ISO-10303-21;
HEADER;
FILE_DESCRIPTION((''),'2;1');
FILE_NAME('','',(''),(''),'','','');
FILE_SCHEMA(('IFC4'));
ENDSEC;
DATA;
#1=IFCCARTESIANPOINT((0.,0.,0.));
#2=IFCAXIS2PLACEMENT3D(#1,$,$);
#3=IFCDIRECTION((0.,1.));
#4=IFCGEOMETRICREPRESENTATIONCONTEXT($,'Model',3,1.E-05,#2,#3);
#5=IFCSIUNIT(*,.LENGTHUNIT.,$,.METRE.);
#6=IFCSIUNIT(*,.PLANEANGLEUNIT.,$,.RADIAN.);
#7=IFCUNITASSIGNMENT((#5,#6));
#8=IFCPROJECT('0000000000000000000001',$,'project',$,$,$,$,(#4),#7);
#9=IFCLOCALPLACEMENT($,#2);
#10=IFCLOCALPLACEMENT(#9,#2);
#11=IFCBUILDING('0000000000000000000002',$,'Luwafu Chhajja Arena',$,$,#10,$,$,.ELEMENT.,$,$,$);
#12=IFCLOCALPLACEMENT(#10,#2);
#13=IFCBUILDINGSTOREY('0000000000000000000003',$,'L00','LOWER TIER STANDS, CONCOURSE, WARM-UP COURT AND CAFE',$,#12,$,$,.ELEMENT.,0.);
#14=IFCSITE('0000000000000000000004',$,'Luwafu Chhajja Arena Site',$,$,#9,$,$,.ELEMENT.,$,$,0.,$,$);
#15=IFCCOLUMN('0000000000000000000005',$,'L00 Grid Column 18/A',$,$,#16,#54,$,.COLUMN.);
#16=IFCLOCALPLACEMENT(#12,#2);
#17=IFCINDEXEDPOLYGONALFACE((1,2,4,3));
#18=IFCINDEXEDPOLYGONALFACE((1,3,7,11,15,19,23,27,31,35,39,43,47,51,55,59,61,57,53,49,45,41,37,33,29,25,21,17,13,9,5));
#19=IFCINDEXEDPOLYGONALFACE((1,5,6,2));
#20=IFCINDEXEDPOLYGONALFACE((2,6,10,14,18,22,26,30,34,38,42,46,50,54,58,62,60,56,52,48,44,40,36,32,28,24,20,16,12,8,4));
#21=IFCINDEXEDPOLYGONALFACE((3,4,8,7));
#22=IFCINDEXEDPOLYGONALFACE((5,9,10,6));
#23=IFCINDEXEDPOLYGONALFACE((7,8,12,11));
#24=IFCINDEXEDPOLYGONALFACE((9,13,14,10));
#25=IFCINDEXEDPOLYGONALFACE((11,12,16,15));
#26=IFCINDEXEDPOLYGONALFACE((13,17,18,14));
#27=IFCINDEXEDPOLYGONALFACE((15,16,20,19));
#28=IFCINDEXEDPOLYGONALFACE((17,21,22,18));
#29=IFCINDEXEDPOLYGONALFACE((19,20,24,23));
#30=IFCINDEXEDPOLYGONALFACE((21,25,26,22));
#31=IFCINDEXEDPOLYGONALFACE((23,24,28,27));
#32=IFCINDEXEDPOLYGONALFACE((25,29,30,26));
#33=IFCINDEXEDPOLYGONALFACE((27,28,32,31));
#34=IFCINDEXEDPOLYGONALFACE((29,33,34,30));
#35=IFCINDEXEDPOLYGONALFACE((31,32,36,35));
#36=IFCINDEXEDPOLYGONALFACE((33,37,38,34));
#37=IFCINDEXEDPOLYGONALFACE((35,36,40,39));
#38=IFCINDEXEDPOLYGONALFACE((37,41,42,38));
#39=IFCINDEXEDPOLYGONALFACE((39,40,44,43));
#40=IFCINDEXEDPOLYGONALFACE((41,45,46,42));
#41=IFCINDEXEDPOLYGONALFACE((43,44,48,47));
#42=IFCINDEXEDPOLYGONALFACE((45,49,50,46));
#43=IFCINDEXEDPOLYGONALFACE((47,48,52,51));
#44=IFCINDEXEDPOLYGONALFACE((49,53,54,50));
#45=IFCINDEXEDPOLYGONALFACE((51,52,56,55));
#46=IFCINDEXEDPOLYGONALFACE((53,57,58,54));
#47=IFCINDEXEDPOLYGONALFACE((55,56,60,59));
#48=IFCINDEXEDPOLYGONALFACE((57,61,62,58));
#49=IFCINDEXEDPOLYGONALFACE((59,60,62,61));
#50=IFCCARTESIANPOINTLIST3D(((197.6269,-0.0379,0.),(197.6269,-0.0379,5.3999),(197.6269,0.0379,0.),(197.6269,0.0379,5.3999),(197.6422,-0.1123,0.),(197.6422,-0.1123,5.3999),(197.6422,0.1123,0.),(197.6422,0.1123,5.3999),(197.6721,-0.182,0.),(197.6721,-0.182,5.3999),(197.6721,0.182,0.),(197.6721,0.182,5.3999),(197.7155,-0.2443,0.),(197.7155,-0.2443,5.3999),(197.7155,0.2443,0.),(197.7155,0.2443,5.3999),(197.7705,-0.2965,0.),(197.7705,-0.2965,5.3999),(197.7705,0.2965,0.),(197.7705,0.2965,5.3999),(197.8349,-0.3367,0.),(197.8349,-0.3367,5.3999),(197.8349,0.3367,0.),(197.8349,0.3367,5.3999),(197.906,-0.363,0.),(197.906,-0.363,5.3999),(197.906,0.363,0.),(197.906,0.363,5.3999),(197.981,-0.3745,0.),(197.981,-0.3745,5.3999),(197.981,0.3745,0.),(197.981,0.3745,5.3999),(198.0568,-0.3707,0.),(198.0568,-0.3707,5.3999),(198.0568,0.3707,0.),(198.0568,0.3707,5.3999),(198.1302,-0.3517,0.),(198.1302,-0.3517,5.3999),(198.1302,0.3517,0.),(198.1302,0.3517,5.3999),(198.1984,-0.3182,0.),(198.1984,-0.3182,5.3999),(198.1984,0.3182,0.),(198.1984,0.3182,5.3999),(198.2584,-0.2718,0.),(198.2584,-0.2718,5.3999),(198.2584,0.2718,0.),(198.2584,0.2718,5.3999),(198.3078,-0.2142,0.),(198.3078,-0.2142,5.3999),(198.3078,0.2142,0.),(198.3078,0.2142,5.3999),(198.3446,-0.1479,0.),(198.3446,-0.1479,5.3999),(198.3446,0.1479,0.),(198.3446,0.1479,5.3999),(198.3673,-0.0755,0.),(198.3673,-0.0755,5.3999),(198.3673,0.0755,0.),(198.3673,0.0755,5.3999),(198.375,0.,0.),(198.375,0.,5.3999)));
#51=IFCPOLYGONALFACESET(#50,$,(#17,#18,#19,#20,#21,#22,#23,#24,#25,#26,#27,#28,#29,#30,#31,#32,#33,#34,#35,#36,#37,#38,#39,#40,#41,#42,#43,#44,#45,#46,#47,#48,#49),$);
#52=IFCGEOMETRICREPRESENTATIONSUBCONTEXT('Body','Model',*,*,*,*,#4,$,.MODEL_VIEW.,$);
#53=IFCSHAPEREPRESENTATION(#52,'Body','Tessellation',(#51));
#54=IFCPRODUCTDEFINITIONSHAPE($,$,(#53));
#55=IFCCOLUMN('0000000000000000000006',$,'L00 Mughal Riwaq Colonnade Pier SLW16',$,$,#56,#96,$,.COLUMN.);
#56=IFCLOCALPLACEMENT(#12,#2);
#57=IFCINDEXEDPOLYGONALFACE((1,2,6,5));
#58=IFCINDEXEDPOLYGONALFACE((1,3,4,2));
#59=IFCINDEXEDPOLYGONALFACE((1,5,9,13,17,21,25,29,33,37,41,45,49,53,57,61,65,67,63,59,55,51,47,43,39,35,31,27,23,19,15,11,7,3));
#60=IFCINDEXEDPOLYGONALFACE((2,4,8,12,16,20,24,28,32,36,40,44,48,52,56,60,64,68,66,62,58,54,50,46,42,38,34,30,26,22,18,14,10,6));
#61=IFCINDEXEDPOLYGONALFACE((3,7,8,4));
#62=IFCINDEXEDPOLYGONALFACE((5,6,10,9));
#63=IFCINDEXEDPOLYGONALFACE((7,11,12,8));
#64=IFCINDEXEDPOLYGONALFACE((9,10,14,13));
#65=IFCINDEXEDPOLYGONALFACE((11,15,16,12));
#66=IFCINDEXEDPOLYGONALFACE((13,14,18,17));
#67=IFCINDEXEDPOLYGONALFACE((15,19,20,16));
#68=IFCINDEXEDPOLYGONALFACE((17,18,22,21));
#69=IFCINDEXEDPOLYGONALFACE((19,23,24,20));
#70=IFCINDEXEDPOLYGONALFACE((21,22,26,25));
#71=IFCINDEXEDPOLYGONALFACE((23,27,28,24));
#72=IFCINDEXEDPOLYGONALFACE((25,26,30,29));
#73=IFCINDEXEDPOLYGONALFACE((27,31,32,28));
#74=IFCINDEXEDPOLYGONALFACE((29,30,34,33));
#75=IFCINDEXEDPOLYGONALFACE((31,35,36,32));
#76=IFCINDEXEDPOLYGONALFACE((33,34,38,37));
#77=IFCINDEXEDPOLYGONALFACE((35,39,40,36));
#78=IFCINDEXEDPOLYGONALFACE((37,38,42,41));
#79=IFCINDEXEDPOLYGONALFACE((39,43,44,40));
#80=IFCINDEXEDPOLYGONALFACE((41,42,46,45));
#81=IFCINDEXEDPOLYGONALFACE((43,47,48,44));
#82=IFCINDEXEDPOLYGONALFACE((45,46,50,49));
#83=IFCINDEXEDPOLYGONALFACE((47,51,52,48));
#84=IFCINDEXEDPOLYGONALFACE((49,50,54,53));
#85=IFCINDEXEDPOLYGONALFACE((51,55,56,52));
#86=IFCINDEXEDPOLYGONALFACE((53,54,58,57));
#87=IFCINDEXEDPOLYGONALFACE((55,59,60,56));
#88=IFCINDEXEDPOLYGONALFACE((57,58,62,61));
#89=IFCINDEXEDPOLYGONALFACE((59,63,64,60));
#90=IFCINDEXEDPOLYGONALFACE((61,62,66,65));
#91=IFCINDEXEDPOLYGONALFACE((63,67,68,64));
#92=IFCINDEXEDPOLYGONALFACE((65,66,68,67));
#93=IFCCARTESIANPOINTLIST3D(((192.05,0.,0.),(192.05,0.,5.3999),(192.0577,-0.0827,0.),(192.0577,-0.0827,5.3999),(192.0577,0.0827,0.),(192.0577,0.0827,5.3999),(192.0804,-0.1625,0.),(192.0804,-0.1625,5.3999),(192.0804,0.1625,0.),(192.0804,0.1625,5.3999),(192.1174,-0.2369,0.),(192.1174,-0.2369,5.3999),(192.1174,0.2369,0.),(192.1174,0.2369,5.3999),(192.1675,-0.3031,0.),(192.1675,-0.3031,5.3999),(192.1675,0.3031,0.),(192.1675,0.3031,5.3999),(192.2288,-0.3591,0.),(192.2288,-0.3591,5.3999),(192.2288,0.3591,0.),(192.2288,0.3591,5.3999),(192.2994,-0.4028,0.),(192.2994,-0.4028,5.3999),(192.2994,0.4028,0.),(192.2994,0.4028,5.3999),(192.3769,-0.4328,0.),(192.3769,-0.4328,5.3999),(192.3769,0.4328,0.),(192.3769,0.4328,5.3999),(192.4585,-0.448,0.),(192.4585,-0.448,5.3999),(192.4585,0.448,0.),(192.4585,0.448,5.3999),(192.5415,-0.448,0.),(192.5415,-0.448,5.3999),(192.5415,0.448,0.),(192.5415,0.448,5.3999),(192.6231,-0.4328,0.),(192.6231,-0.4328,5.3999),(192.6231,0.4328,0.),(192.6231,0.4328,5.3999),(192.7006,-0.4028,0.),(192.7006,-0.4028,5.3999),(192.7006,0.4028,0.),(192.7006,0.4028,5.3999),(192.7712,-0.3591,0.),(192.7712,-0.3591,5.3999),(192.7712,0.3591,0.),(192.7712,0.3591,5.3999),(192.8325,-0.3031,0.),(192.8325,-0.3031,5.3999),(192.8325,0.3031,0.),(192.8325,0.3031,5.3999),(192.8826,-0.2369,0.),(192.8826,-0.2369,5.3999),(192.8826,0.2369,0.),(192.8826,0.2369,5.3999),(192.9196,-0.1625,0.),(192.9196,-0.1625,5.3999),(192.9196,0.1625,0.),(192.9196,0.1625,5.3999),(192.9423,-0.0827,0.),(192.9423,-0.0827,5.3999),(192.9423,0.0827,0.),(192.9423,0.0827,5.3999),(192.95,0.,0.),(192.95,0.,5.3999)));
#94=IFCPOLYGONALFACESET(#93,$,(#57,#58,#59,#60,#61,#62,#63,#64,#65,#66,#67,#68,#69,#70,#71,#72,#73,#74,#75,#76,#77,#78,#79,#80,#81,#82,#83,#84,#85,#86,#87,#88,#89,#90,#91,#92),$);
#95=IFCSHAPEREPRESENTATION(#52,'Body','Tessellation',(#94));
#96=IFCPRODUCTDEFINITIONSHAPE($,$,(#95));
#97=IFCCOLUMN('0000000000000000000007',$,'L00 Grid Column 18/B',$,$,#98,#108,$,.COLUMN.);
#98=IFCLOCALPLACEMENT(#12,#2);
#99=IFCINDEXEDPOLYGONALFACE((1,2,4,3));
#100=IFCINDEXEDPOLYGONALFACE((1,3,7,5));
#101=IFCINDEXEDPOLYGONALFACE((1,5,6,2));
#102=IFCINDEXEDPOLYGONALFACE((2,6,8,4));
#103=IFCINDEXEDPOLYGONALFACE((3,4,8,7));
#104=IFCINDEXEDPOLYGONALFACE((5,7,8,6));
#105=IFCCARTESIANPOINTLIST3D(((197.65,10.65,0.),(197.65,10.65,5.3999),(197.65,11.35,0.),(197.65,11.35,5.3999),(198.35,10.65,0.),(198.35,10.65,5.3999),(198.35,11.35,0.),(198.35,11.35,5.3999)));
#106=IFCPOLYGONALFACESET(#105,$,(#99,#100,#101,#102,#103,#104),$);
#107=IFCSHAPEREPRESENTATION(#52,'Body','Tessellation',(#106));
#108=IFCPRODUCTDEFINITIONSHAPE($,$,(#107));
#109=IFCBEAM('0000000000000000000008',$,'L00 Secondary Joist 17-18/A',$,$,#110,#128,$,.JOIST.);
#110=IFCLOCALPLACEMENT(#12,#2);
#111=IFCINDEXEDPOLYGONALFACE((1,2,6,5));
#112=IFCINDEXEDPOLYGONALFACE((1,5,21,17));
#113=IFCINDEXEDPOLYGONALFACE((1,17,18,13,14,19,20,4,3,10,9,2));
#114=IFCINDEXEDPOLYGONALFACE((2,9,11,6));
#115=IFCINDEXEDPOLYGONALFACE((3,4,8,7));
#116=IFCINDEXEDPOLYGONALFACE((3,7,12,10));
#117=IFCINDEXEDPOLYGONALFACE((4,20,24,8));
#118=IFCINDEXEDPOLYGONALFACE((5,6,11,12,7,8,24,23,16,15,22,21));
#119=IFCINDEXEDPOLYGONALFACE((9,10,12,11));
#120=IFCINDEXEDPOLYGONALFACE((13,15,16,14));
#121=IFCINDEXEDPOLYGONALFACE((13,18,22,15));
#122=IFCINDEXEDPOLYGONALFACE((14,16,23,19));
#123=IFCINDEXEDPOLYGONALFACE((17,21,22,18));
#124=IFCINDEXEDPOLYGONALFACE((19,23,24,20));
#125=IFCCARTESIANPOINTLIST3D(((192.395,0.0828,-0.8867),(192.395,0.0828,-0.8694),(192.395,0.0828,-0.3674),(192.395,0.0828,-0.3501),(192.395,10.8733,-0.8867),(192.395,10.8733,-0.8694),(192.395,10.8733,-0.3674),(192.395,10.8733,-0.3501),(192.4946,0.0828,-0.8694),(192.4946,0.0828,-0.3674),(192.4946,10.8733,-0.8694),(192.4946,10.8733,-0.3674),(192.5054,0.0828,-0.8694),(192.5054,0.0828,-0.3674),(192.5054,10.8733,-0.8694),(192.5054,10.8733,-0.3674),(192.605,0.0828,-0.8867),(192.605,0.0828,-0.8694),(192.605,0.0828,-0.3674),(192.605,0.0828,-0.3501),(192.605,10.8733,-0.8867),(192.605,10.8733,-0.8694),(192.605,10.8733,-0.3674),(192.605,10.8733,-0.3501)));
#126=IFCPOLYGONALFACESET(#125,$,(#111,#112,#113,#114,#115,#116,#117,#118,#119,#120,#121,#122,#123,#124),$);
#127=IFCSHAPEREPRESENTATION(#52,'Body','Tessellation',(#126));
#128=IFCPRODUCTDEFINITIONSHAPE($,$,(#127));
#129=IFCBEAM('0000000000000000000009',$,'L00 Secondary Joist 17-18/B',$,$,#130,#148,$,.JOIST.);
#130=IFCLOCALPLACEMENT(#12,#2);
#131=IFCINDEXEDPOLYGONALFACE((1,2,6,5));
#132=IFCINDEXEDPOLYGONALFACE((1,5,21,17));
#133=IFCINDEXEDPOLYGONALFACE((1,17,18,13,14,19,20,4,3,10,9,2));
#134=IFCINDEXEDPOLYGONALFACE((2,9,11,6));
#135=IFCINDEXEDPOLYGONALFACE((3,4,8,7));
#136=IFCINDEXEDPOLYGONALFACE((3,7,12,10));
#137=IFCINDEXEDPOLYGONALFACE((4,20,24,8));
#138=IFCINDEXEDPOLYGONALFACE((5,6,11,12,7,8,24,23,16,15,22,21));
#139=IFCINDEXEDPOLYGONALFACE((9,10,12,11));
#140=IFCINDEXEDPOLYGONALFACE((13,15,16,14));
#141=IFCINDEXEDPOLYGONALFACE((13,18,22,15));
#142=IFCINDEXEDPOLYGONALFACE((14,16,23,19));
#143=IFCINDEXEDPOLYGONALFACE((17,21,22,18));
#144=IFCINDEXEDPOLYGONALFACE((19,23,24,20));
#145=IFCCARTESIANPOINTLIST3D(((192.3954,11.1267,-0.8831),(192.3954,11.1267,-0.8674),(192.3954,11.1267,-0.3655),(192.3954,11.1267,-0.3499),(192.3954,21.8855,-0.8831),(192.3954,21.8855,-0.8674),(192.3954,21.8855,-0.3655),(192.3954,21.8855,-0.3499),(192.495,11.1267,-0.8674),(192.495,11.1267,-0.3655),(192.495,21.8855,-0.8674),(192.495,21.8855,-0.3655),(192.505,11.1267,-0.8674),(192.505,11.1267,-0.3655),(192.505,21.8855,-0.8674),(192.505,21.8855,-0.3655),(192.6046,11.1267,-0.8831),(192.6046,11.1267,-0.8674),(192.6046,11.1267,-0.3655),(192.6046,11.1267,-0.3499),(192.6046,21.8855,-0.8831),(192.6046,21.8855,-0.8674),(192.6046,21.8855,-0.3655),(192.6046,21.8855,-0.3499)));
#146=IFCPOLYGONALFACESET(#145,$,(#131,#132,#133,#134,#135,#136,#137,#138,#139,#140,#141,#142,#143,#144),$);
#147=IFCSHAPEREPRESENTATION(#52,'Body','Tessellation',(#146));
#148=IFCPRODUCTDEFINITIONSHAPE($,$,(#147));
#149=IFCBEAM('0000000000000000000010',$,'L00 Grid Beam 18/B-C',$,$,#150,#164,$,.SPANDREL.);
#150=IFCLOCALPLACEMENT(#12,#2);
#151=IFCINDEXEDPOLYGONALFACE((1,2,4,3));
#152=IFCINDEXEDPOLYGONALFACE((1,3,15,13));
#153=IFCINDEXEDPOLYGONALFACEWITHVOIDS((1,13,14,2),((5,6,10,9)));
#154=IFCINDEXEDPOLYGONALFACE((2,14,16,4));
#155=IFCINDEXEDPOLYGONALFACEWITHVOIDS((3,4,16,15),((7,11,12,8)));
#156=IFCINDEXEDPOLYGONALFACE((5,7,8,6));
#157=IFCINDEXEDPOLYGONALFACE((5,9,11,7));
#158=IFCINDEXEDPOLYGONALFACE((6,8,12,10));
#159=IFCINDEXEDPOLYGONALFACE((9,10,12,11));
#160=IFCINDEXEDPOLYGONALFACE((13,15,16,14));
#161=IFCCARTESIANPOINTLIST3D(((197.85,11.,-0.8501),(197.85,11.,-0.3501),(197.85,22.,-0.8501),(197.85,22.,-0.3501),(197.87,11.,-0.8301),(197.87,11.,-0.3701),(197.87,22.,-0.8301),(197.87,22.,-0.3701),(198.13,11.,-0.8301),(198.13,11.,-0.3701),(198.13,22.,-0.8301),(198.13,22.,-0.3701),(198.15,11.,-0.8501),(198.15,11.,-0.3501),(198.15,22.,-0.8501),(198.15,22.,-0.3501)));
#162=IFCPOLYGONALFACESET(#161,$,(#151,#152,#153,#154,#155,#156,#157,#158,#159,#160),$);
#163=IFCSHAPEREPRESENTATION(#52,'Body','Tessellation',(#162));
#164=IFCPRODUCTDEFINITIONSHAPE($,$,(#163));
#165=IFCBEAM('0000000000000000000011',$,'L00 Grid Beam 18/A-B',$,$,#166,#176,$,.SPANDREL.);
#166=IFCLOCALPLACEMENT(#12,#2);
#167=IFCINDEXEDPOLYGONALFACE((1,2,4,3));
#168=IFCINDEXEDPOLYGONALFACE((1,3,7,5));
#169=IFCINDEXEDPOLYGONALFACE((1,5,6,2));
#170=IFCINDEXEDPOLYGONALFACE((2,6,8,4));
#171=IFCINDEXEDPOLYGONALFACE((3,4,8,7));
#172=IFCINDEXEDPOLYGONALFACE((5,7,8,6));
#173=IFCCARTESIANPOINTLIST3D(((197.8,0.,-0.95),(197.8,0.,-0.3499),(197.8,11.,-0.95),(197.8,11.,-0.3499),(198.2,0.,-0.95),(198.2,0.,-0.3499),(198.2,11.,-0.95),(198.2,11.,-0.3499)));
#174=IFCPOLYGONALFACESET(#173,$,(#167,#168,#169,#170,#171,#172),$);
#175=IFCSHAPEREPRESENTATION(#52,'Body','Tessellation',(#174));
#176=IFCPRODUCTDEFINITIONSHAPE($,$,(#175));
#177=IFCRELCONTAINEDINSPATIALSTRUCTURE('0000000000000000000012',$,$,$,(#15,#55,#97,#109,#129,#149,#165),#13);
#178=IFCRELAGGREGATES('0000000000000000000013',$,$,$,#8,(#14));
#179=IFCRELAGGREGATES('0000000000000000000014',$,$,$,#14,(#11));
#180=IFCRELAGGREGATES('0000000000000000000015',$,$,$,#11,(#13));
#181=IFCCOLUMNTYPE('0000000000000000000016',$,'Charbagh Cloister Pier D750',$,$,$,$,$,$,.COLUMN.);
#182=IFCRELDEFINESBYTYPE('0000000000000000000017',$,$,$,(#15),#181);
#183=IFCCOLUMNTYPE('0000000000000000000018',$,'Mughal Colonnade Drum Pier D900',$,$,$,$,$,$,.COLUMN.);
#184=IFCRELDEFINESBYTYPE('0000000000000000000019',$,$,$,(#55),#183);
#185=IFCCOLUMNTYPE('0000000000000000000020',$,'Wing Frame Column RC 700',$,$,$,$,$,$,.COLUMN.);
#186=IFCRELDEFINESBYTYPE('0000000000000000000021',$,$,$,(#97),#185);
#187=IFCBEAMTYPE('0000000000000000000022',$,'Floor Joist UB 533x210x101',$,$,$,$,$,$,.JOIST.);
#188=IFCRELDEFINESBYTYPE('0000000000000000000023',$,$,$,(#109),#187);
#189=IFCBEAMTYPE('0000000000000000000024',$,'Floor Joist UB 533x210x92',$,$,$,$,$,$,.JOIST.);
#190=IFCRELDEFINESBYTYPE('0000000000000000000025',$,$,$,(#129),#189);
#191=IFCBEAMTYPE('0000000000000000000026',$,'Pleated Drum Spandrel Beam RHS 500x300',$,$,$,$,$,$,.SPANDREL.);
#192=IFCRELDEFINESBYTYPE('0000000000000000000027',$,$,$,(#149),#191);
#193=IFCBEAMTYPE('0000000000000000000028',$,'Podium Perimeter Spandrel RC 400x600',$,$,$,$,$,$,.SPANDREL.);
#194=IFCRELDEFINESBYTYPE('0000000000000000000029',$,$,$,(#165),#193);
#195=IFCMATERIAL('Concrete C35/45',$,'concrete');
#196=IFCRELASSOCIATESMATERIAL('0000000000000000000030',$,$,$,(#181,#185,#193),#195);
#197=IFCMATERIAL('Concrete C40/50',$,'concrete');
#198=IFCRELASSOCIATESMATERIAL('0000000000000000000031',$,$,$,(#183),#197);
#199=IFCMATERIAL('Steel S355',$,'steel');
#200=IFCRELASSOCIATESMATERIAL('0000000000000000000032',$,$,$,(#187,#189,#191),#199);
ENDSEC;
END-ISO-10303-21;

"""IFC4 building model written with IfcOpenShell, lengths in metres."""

from ifc_helpers import new_model, si_unit, direction, frame, origin, origin_2d, place, context, subcontext, project, spatial, rectangle, hollow_rectangle, circle, i_section, extrude, material, material_profile, profile_set, type_object, element, save


model = new_model("IFC4")

# Units and contexts
model_context = context("Model", 3, precision=1e-05, world=origin(), true_north=direction((0.0, 1.0)))
body_context = subcontext(model_context, "Body", "Model", "MODEL_VIEW")
ifc_project = project(units=[si_unit("LENGTHUNIT", "METRE"), si_unit("PLANEANGLEUNIT", "RADIAN")], contexts=[model_context])

# Site, building, storey
site_placement = place(None, origin())
site = spatial("IfcSite", under=ifc_project, at=site_placement, Name="Luwafu Chhajja Arena Site", CompositionType="ELEMENT", RefElevation=0.0)
building_placement = place(site_placement, origin())
building = spatial("IfcBuilding", under=site, at=building_placement, Name="Luwafu Chhajja Arena", CompositionType="ELEMENT")
storey_placement = place(building_placement, origin())
storey = spatial("IfcBuildingStorey", under=building, at=storey_placement, Name="L00", Description="LOWER TIER STANDS, CONCOURSE, WARM-UP COURT AND CAFE", CompositionType="ELEMENT", Elevation=0.0)

# Columns
ifc_material_1 = material(Name="Concrete C35/45", Category="concrete")
ifc_material_profile_1 = material_profile(ifc_material_1, circle(Radius=0.375, at=origin_2d()), Name="RC COL D750")
ifc_profile_set_1 = profile_set([ifc_material_profile_1], Name="Concrete C35/45")
column_type_1 = type_object("IfcColumnType", Name="Charbagh Cloister Pier D750", PredefinedType="COLUMN", material=ifc_profile_set_1)
column_1_placement = place(storey_placement, frame((198.0, 0.0, 0.0), z_axis=(0.0, 0.0, 1.0), x_axis=(1.0, 0.0, 0.0)))
element("IfcColumn", 1, at=column_1_placement, inside=storey, type_object=column_type_1, Name="L00 Grid Column 18/A", PredefinedType="COLUMN", context=body_context, shape_type="SweptSolid", body=[
    extrude(circle(Radius=0.375, at=origin_2d()), origin(), (0.0, 0.0, 1.0), 5.3999),
])
ifc_material_2 = material(Name="Concrete C40/50", Category="concrete")
ifc_material_profile_2 = material_profile(ifc_material_2, circle(Radius=0.45, at=origin_2d()), Name="RC COL D900")
ifc_profile_set_2 = profile_set([ifc_material_profile_2], Name="Concrete C40/50")
column_type_2 = type_object("IfcColumnType", Name="Mughal Colonnade Drum Pier D900", PredefinedType="COLUMN", material=ifc_profile_set_2)
column_2_placement = place(storey_placement, frame((192.5, 0.0, 0.0), z_axis=(0.0, 0.0, 1.0), x_axis=(1.0, 0.0, 0.0)))
element("IfcColumn", 2, at=column_2_placement, inside=storey, type_object=column_type_2, Name="L00 Mughal Riwaq Colonnade Pier SLW16", PredefinedType="COLUMN", context=body_context, shape_type="SweptSolid", body=[
    extrude(circle(Radius=0.45, at=origin_2d()), origin(), (0.0, 0.0, 1.0), 5.3999),
])
ifc_material_profile_3 = material_profile(ifc_material_1, rectangle(XDim=0.7, YDim=0.7, at=origin_2d()), Name="RC 700x700")
ifc_profile_set_3 = profile_set([ifc_material_profile_3], Name="Concrete C35/45")
column_type_3 = type_object("IfcColumnType", Name="Wing Frame Column RC 700", PredefinedType="COLUMN", material=ifc_profile_set_3)
column_3_placement = place(storey_placement, frame((198.0, 11.0, 0.0), z_axis=(0.0, 0.0, 1.0), x_axis=(1.0, 0.0, 0.0)))
element("IfcColumn", 3, at=column_3_placement, inside=storey, type_object=column_type_3, Name="L00 Grid Column 18/B", PredefinedType="COLUMN", context=body_context, shape_type="SweptSolid", body=[
    extrude(rectangle(XDim=0.7, YDim=0.7, at=origin_2d()), origin(), (0.0, 0.0, 1.0), 5.3999),
])

# Beams
ifc_material_3 = material(Name="Steel S355", Category="steel")
ifc_material_profile_4 = material_profile(ifc_material_3, i_section(OverallWidth=0.21, OverallDepth=0.5366, WebThickness=0.0107, FlangeThickness=0.0173, at=origin_2d()), Name="UB 533x210x101")
ifc_profile_set_4 = profile_set([ifc_material_profile_4], Name="Steel S355")
beam_type_1 = type_object("IfcBeamType", Name="Floor Joist UB 533x210x101", PredefinedType="JOIST", material=ifc_profile_set_4)
beam_1_placement = place(storey_placement, frame((192.5, 0.0828, -0.6184), z_axis=(0.0, 1.0, 0.0), x_axis=(-1.0, 0.0, 0.0)))
element("IfcBeam", 4, at=beam_1_placement, inside=storey, type_object=beam_type_1, Name="L00 Secondary Joist 17-18/A", PredefinedType="JOIST", context=body_context, shape_type="SweptSolid", body=[
    extrude(i_section(OverallWidth=0.21, OverallDepth=0.5366, WebThickness=0.0107, FlangeThickness=0.0173, at=origin_2d()), origin(), (0.0, 0.0, 1.0), 10.7905),
])
ifc_material_profile_5 = material_profile(ifc_material_3, i_section(OverallWidth=0.2092, OverallDepth=0.5332, WebThickness=0.01, FlangeThickness=0.0156, at=origin_2d()), Name="UB 533x210x92")
ifc_profile_set_5 = profile_set([ifc_material_profile_5], Name="Steel S355")
beam_type_2 = type_object("IfcBeamType", Name="Floor Joist UB 533x210x92", PredefinedType="JOIST", material=ifc_profile_set_5)
beam_2_placement = place(storey_placement, frame((192.5, 11.1267, -0.6165), z_axis=(0.0, 1.0, 0.0), x_axis=(-1.0, 0.0, 0.0)))
element("IfcBeam", 5, at=beam_2_placement, inside=storey, type_object=beam_type_2, Name="L00 Secondary Joist 17-18/B", PredefinedType="JOIST", context=body_context, shape_type="SweptSolid", body=[
    extrude(i_section(OverallWidth=0.2092, OverallDepth=0.5332, WebThickness=0.01, FlangeThickness=0.0156, at=origin_2d()), origin(), (0.0, 0.0, 1.0), 10.7588),
])
ifc_material_profile_6 = material_profile(ifc_material_3, hollow_rectangle(XDim=0.3, YDim=0.5, WallThickness=0.02, at=origin_2d()), Name="RHS 500x300x20")
ifc_profile_set_6 = profile_set([ifc_material_profile_6], Name="Steel S355")
beam_type_3 = type_object("IfcBeamType", Name="Pleated Drum Spandrel Beam RHS 500x300", PredefinedType="SPANDREL", material=ifc_profile_set_6)
beam_3_placement = place(storey_placement, frame((198.0, 11.0, -0.6001), z_axis=(0.0, 1.0, 0.0), x_axis=(-1.0, 0.0, 0.0)))
element("IfcBeam", 6, at=beam_3_placement, inside=storey, type_object=beam_type_3, Name="L00 Grid Beam 18/B-C", PredefinedType="SPANDREL", context=body_context, shape_type="SweptSolid", body=[
    extrude(hollow_rectangle(XDim=0.3, YDim=0.5, WallThickness=0.02, at=origin_2d()), origin(), (0.0, 0.0, 1.0), 11.0),
])
ifc_material_profile_7 = material_profile(ifc_material_1, rectangle(XDim=0.3999, YDim=0.6001, at=origin_2d()), Name="RC 400x600")
ifc_profile_set_7 = profile_set([ifc_material_profile_7], Name="Concrete C35/45")
beam_type_4 = type_object("IfcBeamType", Name="Podium Perimeter Spandrel RC 400x600", PredefinedType="SPANDREL", material=ifc_profile_set_7)
beam_4_placement = place(storey_placement, frame((198.0, 0.0, -0.6499), z_axis=(0.0, 1.0, 0.0), x_axis=(-1.0, 0.0, 0.0)))
element("IfcBeam", 7, at=beam_4_placement, inside=storey, type_object=beam_type_4, Name="L00 Grid Beam 18/A-B", PredefinedType="SPANDREL", context=body_context, shape_type="SweptSolid", body=[
    extrude(rectangle(XDim=0.3999, YDim=0.6001, at=origin_2d()), origin(), (0.0, 0.0, 1.0), 11.0),
])

save(model, "model.ifc")
